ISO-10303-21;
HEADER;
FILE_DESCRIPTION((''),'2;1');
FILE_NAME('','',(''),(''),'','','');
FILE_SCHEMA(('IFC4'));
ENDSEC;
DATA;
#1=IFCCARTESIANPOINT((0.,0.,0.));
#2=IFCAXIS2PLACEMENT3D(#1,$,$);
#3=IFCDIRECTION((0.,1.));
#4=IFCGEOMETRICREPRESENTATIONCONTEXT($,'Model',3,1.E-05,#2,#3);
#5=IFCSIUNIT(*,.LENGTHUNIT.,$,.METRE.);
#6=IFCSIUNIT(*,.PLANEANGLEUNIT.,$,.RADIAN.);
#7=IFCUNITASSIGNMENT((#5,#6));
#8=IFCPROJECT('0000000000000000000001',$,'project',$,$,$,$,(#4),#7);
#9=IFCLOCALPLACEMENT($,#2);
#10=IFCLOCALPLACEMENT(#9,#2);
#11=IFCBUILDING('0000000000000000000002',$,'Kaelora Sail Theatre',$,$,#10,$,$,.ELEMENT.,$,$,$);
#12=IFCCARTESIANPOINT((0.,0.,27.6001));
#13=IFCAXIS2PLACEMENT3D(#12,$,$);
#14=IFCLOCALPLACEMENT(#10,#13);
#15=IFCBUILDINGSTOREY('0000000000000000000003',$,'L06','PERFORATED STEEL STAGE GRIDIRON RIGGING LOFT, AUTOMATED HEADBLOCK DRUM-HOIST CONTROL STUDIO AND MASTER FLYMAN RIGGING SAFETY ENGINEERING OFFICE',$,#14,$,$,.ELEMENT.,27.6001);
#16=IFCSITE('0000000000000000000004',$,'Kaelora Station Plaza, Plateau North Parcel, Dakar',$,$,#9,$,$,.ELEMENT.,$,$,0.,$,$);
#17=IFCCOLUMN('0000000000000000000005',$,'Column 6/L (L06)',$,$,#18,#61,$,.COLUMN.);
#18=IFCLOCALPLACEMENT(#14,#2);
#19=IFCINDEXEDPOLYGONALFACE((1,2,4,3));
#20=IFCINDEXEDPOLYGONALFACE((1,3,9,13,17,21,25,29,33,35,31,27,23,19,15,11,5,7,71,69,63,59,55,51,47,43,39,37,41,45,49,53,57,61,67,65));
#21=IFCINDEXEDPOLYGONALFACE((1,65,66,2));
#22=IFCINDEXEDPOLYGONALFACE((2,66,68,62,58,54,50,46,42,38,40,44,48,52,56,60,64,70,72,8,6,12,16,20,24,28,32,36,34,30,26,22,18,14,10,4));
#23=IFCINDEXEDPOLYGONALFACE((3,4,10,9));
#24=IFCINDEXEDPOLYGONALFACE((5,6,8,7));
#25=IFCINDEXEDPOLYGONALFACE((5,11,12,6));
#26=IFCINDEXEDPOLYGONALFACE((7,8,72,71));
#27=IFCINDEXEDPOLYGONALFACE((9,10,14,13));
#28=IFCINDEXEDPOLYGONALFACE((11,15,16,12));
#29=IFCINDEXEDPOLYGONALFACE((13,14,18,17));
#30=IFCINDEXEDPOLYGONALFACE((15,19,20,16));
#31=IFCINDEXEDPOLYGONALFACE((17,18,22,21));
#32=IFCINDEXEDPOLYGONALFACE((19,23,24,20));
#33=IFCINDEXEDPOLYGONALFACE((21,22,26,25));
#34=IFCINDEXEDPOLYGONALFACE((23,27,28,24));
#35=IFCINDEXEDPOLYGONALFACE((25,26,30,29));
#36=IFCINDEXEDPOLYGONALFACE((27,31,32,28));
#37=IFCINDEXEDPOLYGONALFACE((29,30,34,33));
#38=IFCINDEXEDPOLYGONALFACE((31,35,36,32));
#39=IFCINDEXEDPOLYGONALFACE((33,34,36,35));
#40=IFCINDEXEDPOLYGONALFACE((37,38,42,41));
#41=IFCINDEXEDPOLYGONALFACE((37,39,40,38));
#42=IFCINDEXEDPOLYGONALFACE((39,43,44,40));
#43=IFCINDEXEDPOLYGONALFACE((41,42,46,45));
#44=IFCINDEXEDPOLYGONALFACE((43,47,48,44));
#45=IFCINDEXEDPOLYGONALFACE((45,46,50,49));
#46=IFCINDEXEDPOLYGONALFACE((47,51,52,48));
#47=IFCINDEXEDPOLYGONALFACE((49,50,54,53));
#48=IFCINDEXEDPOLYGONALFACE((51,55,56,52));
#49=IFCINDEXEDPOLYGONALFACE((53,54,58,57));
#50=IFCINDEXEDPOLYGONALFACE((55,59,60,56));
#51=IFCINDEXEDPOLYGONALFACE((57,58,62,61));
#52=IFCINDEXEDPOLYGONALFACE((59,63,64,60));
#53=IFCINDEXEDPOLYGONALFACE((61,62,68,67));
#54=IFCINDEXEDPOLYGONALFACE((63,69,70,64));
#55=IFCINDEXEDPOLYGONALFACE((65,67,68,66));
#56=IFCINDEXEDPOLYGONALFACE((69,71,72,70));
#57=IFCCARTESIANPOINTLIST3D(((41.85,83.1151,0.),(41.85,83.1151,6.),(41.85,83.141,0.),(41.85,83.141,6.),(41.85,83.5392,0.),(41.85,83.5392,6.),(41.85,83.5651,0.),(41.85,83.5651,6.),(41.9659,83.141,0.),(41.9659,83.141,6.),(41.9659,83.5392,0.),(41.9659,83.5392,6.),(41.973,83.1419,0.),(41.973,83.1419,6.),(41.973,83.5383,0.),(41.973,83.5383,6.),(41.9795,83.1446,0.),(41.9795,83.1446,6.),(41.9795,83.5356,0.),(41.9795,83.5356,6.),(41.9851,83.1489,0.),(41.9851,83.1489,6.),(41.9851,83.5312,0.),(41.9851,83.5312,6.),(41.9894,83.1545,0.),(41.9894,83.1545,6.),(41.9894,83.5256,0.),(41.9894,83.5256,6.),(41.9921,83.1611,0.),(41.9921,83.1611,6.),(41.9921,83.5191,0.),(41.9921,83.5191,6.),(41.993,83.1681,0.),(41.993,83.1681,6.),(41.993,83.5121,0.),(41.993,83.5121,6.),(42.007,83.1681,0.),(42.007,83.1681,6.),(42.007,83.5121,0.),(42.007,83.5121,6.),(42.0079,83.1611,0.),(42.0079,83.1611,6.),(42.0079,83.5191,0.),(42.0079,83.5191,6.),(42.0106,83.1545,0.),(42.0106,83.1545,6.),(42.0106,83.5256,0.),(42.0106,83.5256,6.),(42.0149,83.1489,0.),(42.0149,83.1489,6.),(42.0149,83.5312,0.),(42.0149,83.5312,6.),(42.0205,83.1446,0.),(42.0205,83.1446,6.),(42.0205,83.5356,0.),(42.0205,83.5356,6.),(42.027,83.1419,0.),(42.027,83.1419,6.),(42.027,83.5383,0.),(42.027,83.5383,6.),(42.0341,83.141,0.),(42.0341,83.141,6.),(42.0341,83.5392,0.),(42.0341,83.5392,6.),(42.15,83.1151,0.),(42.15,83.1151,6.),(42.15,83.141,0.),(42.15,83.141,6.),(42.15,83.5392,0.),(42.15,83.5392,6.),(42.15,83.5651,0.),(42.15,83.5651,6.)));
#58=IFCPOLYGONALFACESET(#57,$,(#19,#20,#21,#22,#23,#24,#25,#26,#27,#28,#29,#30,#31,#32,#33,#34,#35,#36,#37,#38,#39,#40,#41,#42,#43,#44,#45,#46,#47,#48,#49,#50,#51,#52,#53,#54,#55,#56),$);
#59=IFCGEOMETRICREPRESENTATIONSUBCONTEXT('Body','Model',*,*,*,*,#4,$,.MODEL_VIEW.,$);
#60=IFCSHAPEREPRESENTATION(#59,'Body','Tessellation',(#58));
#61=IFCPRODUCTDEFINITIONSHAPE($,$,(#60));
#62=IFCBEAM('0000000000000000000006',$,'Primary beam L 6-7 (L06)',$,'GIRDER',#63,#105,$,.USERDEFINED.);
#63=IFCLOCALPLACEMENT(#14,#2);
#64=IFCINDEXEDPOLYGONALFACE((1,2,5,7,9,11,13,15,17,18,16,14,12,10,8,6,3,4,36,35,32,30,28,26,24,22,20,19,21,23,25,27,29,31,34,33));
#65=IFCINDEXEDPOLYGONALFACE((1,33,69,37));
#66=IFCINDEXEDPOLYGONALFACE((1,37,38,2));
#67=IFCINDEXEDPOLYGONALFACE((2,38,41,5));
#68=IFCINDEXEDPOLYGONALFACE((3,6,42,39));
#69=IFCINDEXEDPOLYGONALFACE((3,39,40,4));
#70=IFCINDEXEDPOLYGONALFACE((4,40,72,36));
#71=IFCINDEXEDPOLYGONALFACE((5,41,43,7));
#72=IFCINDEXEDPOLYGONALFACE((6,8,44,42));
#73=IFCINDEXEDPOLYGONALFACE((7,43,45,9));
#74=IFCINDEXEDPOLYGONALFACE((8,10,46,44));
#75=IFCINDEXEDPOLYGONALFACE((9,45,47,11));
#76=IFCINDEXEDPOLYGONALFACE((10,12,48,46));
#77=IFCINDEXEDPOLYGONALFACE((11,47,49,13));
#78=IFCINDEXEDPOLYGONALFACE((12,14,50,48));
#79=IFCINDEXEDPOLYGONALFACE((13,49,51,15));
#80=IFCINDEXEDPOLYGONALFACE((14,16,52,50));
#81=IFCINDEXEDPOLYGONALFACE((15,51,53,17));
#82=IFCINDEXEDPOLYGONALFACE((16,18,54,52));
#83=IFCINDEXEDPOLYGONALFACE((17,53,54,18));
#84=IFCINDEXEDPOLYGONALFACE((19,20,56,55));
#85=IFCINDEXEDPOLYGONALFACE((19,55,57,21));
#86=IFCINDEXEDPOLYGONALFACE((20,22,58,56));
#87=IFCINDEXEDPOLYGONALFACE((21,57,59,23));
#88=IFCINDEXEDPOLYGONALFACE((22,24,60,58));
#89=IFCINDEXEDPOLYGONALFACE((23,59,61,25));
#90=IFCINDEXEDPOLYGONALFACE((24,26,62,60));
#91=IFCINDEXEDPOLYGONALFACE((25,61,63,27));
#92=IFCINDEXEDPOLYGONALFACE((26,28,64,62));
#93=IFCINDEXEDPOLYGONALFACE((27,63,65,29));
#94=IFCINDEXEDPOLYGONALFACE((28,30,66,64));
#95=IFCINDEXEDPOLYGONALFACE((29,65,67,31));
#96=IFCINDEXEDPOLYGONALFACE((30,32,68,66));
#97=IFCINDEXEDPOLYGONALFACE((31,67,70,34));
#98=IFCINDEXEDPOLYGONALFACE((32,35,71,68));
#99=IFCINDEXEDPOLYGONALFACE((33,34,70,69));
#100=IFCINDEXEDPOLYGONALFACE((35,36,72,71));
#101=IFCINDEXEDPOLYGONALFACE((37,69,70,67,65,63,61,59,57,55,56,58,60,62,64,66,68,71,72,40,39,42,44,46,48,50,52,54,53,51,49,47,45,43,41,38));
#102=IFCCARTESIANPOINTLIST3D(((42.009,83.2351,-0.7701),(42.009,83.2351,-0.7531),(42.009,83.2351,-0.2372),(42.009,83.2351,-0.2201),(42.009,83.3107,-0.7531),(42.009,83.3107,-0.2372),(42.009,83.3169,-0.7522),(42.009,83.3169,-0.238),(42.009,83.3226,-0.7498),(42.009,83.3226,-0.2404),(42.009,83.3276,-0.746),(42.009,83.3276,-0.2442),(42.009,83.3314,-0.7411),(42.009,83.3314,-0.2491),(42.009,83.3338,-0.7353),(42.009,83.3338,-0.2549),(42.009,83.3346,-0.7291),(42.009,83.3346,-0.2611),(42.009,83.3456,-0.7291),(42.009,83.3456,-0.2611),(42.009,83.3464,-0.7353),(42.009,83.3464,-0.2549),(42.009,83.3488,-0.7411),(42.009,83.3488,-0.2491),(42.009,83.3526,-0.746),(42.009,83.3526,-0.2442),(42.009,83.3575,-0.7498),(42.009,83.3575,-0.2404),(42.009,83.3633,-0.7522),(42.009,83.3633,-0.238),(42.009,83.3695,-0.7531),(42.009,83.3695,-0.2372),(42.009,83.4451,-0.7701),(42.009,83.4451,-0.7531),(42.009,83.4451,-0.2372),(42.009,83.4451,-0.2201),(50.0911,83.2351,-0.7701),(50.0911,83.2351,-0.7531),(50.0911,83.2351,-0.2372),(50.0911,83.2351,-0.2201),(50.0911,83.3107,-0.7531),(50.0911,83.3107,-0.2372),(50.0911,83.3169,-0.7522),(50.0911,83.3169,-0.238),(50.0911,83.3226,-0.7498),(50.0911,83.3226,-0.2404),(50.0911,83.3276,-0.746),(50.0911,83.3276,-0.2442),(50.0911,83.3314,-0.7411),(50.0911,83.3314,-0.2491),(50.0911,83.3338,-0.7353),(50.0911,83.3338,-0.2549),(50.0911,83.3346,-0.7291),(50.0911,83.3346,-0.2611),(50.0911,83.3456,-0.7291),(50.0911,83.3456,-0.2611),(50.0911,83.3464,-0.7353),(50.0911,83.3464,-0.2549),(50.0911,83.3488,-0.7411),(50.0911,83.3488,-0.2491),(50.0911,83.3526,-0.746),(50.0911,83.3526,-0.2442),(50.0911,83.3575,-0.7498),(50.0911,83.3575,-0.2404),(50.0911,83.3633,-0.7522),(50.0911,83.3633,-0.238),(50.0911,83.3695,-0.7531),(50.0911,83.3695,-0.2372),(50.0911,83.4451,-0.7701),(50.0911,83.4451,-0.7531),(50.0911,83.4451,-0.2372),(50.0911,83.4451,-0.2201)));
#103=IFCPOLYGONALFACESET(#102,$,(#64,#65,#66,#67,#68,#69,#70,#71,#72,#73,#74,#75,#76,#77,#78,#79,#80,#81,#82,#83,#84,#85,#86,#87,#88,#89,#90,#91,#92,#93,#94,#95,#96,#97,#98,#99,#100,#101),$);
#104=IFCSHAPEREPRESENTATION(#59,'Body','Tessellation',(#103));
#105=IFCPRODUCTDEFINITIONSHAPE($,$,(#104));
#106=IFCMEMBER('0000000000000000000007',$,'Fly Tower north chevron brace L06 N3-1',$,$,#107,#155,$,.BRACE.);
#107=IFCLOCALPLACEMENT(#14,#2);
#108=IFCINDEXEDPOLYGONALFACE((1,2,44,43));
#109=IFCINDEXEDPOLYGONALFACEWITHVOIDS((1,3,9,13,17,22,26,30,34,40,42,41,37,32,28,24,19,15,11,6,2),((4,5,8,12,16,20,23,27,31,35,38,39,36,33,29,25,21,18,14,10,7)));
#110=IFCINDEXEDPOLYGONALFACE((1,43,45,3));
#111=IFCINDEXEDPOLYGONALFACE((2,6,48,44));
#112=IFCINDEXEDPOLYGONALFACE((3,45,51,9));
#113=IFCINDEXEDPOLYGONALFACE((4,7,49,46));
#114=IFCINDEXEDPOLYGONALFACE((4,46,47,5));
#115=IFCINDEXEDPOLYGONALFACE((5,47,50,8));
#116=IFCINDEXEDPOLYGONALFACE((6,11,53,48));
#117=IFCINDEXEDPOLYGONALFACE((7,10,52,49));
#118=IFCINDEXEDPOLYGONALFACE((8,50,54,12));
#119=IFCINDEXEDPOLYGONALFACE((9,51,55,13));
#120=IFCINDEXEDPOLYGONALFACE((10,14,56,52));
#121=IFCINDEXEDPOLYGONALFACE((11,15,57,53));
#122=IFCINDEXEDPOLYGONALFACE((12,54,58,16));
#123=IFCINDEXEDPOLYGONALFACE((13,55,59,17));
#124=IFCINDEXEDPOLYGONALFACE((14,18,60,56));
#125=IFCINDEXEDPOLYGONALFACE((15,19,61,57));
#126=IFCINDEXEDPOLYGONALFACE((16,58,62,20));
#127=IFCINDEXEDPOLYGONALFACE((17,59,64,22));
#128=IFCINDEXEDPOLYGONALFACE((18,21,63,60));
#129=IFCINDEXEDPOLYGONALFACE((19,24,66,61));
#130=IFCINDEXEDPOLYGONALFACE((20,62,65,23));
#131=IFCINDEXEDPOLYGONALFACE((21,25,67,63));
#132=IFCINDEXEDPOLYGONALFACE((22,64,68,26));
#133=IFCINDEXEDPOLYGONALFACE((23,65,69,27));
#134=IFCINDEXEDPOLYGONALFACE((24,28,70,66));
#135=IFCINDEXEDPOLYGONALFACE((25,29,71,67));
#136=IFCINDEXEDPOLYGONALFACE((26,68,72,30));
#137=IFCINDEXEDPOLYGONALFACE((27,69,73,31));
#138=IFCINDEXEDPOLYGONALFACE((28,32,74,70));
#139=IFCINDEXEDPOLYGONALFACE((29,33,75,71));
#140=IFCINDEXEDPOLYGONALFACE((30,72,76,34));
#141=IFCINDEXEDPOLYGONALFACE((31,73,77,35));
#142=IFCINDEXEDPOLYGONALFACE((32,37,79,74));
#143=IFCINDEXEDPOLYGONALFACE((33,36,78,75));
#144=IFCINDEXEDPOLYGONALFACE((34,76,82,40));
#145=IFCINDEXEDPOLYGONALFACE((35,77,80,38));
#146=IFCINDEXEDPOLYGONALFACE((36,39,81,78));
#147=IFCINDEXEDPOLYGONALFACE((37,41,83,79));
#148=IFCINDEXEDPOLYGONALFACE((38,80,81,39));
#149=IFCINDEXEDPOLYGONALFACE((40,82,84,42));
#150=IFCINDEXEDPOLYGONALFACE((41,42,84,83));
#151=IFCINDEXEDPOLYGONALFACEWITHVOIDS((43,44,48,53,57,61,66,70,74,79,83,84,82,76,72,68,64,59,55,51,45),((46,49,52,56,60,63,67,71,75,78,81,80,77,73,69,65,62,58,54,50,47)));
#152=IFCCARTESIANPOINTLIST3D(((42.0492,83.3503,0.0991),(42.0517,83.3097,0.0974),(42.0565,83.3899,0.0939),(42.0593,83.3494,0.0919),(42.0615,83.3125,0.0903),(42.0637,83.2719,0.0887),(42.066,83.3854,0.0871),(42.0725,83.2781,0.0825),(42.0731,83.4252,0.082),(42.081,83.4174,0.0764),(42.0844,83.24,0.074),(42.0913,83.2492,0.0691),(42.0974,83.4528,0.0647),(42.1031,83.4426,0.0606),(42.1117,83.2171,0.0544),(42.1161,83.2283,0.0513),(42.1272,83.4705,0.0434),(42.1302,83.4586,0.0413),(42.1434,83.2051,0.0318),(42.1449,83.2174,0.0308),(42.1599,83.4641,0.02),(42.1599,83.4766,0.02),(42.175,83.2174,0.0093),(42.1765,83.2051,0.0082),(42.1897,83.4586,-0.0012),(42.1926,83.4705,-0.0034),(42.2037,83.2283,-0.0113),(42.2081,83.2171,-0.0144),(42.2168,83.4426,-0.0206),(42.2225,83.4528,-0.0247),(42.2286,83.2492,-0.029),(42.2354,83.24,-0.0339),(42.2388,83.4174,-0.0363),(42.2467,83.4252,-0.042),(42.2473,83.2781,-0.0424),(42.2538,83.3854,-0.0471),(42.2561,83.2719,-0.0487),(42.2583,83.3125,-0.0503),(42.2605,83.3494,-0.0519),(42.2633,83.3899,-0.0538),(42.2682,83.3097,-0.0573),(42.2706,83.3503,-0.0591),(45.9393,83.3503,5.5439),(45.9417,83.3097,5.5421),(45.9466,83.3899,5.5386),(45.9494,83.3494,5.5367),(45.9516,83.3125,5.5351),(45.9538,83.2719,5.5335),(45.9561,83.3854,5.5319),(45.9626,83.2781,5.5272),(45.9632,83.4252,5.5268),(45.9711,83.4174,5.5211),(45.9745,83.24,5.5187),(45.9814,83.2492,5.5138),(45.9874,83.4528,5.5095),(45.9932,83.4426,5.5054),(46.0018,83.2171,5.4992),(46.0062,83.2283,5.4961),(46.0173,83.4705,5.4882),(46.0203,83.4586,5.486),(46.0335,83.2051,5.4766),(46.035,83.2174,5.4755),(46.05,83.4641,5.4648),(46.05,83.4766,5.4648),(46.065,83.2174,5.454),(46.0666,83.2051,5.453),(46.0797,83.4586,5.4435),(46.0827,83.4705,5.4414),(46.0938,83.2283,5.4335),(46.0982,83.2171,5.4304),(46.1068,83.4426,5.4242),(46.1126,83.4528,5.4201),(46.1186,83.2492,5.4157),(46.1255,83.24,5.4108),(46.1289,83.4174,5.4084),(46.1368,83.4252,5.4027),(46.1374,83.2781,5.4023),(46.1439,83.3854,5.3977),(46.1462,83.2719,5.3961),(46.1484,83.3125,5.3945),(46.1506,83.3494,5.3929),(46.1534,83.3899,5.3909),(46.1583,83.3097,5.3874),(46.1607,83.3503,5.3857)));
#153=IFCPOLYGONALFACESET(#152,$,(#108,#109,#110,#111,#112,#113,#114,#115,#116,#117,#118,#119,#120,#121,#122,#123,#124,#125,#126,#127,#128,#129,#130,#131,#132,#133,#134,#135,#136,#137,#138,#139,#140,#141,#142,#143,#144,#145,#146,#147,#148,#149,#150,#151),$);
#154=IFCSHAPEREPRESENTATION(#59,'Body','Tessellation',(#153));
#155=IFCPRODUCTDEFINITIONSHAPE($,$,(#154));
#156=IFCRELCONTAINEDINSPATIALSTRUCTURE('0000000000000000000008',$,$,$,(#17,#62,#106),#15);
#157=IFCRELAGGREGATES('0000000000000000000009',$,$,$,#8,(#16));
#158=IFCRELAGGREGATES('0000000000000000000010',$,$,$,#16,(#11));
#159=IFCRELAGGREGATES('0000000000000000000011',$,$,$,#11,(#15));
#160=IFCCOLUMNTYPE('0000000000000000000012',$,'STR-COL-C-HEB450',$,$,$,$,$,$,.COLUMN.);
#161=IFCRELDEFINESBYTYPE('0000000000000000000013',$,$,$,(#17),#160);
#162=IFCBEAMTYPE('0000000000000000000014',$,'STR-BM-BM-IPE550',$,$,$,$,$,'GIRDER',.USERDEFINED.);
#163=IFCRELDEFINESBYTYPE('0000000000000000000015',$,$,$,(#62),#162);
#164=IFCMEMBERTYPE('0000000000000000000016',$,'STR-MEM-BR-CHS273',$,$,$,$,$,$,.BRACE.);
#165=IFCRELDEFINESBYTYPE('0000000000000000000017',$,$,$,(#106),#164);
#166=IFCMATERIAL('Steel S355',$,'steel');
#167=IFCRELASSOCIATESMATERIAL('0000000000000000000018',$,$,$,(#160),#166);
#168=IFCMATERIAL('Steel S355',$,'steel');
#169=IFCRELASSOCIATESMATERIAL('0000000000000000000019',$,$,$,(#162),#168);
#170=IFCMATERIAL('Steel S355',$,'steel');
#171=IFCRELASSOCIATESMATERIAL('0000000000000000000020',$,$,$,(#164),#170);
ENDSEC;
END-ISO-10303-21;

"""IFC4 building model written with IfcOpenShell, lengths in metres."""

from ifc_helpers import new_model, si_unit, direction, frame, origin, origin_2d, place, context, subcontext, project, spatial, hollow_circle, i_section, extrude, material, material_profile, profile_set, type_object, element, save


model = new_model("IFC4")

# Units and contexts
model_context = context("Model", 3, precision=1e-05, world=origin(), true_north=direction((0.0, 1.0)))
body_context = subcontext(model_context, "Body", "Model", "MODEL_VIEW")
ifc_project = project(units=[si_unit("LENGTHUNIT", "METRE"), si_unit("PLANEANGLEUNIT", "RADIAN")], contexts=[model_context])

# Site, building, storey
site_placement = place(None, origin())
site = spatial("IfcSite", under=ifc_project, at=site_placement, Name="Kaelora Station Plaza, Plateau North Parcel, Dakar", CompositionType="ELEMENT", RefElevation=0.0)
building_placement = place(site_placement, origin())
building = spatial("IfcBuilding", under=site, at=building_placement, Name="Kaelora Sail Theatre", CompositionType="ELEMENT")
storey_placement = place(building_placement, frame((0.0, 0.0, 27.6001)))
storey = spatial("IfcBuildingStorey", under=building, at=storey_placement, Name="L06", Description="PERFORATED STEEL STAGE GRIDIRON RIGGING LOFT, AUTOMATED HEADBLOCK DRUM-HOIST CONTROL STUDIO AND MASTER FLYMAN RIGGING SAFETY ENGINEERING OFFICE", CompositionType="ELEMENT", Elevation=27.6001)

# Column
ifc_material_1 = material(Name="Steel S355", Category="steel")
ifc_material_profile_1 = material_profile(ifc_material_1, i_section(OverallWidth=0.3, OverallDepth=0.45, WebThickness=0.0139, FlangeThickness=0.0259, FilletRadius=0.0271, at=origin_2d()), Name="HEB 450")
ifc_profile_set_1 = profile_set([ifc_material_profile_1], Name="Steel S355")
column_type = type_object("IfcColumnType", Name="STR-COL-C-HEB450", PredefinedType="COLUMN", material=ifc_profile_set_1)
column_placement = place(storey_placement, frame((42.0, 83.3401, 0.0), z_axis=(0.0, 0.0, 1.0), x_axis=(1.0, 0.0, 0.0)))
element("IfcColumn", 1, at=column_placement, inside=storey, type_object=column_type, Name="Column 6/L (L06)", PredefinedType="COLUMN", context=body_context, shape_type="SweptSolid", body=[
    extrude(i_section(OverallWidth=0.3, OverallDepth=0.45, WebThickness=0.0139, FlangeThickness=0.0259, FilletRadius=0.0271, at=origin_2d()), origin(), (0.0, 0.0, 1.0), 6.0),
])

# Beam
ifc_material_2 = material(Name="Steel S355", Category="steel")
ifc_material_profile_2 = material_profile(ifc_material_2, i_section(OverallWidth=0.21, OverallDepth=0.55, WebThickness=0.011, FlangeThickness=0.0171, FilletRadius=0.0239, at=origin_2d()), Name="IPE 550")
ifc_profile_set_2 = profile_set([ifc_material_profile_2], Name="Steel S355")
beam_type = type_object("IfcBeamType", Name="STR-BM-BM-IPE550", ElementType="GIRDER", PredefinedType="USERDEFINED", material=ifc_profile_set_2)
beam_placement = place(storey_placement, frame((42.009, 83.3401, -0.4951), z_axis=(1.0, 0.0, 0.0), x_axis=(0.0, 1.0, 0.0)))
element("IfcBeam", 2, at=beam_placement, inside=storey, type_object=beam_type, Name="Primary beam L 6-7 (L06)", ObjectType="GIRDER", PredefinedType="USERDEFINED", context=body_context, shape_type="SweptSolid", body=[
    extrude(i_section(OverallWidth=0.21, OverallDepth=0.55, WebThickness=0.011, FlangeThickness=0.0171, FilletRadius=0.0239, at=origin_2d()), origin(), (0.0, 0.0, 1.0), 8.082),
])

# Member
ifc_material_3 = material(Name="Steel S355", Category="steel")
ifc_material_profile_3 = material_profile(ifc_material_3, hollow_circle(Radius=0.1365, WallThickness=0.0125, at=origin_2d()), Name="CHS 273.0x12.5")
ifc_profile_set_3 = profile_set([ifc_material_profile_3], Name="Steel S355")
member_type_1 = type_object("IfcMemberType", Name="STR-MEM-BR-CHS273", PredefinedType="BRACE", material=ifc_profile_set_3)
for number, where, z_axis, x_axis, name in (
    (3, (42.1599, 83.3401, 0.02), (0.581335, 0.0, 0.813664), (0.0, 1.0, 0.0), "Fly Tower north chevron brace L06 N3-1"),
):
    element("IfcMember", number, at=place(storey_placement, frame(where, z_axis=z_axis, x_axis=x_axis)), inside=storey, type_object=member_type_1, Name=name, PredefinedType="BRACE", context=body_context, shape_type="SweptSolid", body=[
        extrude(hollow_circle(Radius=0.1365, WallThickness=0.0125, at=origin_2d()), origin(), (0.0, 0.0, 1.0), 6.6917),
    ])

save(model, "model.ifc")
